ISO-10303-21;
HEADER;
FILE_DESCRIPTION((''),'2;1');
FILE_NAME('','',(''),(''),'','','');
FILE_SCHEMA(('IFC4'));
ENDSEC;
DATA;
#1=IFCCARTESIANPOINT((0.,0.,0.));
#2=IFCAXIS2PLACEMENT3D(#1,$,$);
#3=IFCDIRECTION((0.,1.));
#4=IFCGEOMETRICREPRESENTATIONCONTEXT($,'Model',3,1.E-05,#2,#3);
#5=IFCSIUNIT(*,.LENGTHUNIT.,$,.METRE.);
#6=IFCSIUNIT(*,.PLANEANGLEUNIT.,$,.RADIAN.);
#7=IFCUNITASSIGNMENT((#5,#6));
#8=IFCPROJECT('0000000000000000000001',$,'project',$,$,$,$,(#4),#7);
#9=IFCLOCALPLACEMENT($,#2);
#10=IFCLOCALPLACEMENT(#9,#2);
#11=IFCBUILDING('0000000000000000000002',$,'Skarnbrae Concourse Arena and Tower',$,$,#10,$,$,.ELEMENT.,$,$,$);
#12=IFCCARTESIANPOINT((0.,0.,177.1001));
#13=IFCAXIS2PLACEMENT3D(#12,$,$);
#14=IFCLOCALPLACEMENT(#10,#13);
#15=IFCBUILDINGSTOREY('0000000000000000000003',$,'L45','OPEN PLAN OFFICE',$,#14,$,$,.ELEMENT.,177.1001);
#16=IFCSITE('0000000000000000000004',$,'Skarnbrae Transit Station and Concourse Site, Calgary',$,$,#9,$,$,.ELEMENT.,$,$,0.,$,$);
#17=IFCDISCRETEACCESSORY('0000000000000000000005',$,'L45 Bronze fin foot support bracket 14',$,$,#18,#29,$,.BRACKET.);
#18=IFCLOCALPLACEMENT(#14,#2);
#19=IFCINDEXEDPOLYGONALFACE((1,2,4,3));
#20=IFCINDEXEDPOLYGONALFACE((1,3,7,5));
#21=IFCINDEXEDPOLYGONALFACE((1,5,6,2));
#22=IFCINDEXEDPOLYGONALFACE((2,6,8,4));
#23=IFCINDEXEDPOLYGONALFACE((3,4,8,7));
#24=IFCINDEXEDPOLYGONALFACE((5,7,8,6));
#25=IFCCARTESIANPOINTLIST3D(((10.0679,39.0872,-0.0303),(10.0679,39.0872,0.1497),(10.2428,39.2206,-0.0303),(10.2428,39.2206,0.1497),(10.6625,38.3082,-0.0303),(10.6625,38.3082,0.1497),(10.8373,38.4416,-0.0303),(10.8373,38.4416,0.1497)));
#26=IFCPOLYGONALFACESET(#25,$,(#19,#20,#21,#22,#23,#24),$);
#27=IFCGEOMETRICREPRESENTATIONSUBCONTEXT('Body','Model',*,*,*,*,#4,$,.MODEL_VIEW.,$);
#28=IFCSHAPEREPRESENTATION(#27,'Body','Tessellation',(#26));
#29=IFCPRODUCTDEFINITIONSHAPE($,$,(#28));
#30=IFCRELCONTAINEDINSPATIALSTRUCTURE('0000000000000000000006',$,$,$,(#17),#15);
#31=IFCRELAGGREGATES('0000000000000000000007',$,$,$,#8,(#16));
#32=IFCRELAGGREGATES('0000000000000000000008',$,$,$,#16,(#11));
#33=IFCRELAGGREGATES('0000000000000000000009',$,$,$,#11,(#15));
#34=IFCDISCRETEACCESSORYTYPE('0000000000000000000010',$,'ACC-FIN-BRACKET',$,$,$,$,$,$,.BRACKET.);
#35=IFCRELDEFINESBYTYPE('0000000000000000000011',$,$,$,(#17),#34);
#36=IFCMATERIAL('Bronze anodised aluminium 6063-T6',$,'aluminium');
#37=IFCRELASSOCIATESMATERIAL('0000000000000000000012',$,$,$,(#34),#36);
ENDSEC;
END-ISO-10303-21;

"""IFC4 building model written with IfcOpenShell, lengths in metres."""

from ifc_helpers import new_model, si_unit, direction, frame, origin, origin_2d, place, context, subcontext, project, spatial, rectangle, extrude, source, transform, mapped, material, type_object, element, save


model = new_model("IFC4")

# Units and contexts
model_context = context("Model", 3, precision=1e-05, world=origin(), true_north=direction((0.0, 1.0)))
body_context = subcontext(model_context, "Body", "Model", "MODEL_VIEW")
ifc_project = project(units=[si_unit("LENGTHUNIT", "METRE"), si_unit("PLANEANGLEUNIT", "RADIAN")], contexts=[model_context])

# Site, building, storey
site_placement = place(None, origin())
site = spatial("IfcSite", under=ifc_project, at=site_placement, Name="Skarnbrae Transit Station and Concourse Site, Calgary", CompositionType="ELEMENT", RefElevation=0.0)
building_placement = place(site_placement, origin())
building = spatial("IfcBuilding", under=site, at=building_placement, Name="Skarnbrae Concourse Arena and Tower", CompositionType="ELEMENT")
storey_placement = place(building_placement, frame((0.0, 0.0, 177.1001)))
storey = spatial("IfcBuildingStorey", under=building, at=storey_placement, Name="L45", Description="OPEN PLAN OFFICE", CompositionType="ELEMENT", Elevation=177.1001)

# Shared definitions
ifc_material_1 = material(Name="Bronze anodised aluminium 6063-T6", Category="aluminium")

# Discrete accessory
discrete_accessory_type = type_object("IfcDiscreteAccessoryType", Name="ACC-FIN-BRACKET", PredefinedType="BRACKET", material=ifc_material_1)
shared_shape_1 = source(origin(), body_context, "Body", "SweptSolid", [
    extrude(rectangle(XDim=0.22, YDim=0.98, at=origin_2d()), origin(), (0.0, 0.0, 1.0), 0.1799),
])
discrete_accessory_placement = place(storey_placement, frame((10.4526, 38.7644, -0.0303), z_axis=(0.0, 0.0, 1.0), x_axis=(0.794955, 0.606668, 0.0)))
element("IfcDiscreteAccessory", 1, at=discrete_accessory_placement, inside=storey, type_object=discrete_accessory_type, Name="L45 Bronze fin foot support bracket 14", PredefinedType="BRACKET", context=body_context, shape_type="MappedRepresentation", body=[
    mapped(shared_shape_1, transform((0.0, 0.0, 0.0))),
])

save(model, "model.ifc")
